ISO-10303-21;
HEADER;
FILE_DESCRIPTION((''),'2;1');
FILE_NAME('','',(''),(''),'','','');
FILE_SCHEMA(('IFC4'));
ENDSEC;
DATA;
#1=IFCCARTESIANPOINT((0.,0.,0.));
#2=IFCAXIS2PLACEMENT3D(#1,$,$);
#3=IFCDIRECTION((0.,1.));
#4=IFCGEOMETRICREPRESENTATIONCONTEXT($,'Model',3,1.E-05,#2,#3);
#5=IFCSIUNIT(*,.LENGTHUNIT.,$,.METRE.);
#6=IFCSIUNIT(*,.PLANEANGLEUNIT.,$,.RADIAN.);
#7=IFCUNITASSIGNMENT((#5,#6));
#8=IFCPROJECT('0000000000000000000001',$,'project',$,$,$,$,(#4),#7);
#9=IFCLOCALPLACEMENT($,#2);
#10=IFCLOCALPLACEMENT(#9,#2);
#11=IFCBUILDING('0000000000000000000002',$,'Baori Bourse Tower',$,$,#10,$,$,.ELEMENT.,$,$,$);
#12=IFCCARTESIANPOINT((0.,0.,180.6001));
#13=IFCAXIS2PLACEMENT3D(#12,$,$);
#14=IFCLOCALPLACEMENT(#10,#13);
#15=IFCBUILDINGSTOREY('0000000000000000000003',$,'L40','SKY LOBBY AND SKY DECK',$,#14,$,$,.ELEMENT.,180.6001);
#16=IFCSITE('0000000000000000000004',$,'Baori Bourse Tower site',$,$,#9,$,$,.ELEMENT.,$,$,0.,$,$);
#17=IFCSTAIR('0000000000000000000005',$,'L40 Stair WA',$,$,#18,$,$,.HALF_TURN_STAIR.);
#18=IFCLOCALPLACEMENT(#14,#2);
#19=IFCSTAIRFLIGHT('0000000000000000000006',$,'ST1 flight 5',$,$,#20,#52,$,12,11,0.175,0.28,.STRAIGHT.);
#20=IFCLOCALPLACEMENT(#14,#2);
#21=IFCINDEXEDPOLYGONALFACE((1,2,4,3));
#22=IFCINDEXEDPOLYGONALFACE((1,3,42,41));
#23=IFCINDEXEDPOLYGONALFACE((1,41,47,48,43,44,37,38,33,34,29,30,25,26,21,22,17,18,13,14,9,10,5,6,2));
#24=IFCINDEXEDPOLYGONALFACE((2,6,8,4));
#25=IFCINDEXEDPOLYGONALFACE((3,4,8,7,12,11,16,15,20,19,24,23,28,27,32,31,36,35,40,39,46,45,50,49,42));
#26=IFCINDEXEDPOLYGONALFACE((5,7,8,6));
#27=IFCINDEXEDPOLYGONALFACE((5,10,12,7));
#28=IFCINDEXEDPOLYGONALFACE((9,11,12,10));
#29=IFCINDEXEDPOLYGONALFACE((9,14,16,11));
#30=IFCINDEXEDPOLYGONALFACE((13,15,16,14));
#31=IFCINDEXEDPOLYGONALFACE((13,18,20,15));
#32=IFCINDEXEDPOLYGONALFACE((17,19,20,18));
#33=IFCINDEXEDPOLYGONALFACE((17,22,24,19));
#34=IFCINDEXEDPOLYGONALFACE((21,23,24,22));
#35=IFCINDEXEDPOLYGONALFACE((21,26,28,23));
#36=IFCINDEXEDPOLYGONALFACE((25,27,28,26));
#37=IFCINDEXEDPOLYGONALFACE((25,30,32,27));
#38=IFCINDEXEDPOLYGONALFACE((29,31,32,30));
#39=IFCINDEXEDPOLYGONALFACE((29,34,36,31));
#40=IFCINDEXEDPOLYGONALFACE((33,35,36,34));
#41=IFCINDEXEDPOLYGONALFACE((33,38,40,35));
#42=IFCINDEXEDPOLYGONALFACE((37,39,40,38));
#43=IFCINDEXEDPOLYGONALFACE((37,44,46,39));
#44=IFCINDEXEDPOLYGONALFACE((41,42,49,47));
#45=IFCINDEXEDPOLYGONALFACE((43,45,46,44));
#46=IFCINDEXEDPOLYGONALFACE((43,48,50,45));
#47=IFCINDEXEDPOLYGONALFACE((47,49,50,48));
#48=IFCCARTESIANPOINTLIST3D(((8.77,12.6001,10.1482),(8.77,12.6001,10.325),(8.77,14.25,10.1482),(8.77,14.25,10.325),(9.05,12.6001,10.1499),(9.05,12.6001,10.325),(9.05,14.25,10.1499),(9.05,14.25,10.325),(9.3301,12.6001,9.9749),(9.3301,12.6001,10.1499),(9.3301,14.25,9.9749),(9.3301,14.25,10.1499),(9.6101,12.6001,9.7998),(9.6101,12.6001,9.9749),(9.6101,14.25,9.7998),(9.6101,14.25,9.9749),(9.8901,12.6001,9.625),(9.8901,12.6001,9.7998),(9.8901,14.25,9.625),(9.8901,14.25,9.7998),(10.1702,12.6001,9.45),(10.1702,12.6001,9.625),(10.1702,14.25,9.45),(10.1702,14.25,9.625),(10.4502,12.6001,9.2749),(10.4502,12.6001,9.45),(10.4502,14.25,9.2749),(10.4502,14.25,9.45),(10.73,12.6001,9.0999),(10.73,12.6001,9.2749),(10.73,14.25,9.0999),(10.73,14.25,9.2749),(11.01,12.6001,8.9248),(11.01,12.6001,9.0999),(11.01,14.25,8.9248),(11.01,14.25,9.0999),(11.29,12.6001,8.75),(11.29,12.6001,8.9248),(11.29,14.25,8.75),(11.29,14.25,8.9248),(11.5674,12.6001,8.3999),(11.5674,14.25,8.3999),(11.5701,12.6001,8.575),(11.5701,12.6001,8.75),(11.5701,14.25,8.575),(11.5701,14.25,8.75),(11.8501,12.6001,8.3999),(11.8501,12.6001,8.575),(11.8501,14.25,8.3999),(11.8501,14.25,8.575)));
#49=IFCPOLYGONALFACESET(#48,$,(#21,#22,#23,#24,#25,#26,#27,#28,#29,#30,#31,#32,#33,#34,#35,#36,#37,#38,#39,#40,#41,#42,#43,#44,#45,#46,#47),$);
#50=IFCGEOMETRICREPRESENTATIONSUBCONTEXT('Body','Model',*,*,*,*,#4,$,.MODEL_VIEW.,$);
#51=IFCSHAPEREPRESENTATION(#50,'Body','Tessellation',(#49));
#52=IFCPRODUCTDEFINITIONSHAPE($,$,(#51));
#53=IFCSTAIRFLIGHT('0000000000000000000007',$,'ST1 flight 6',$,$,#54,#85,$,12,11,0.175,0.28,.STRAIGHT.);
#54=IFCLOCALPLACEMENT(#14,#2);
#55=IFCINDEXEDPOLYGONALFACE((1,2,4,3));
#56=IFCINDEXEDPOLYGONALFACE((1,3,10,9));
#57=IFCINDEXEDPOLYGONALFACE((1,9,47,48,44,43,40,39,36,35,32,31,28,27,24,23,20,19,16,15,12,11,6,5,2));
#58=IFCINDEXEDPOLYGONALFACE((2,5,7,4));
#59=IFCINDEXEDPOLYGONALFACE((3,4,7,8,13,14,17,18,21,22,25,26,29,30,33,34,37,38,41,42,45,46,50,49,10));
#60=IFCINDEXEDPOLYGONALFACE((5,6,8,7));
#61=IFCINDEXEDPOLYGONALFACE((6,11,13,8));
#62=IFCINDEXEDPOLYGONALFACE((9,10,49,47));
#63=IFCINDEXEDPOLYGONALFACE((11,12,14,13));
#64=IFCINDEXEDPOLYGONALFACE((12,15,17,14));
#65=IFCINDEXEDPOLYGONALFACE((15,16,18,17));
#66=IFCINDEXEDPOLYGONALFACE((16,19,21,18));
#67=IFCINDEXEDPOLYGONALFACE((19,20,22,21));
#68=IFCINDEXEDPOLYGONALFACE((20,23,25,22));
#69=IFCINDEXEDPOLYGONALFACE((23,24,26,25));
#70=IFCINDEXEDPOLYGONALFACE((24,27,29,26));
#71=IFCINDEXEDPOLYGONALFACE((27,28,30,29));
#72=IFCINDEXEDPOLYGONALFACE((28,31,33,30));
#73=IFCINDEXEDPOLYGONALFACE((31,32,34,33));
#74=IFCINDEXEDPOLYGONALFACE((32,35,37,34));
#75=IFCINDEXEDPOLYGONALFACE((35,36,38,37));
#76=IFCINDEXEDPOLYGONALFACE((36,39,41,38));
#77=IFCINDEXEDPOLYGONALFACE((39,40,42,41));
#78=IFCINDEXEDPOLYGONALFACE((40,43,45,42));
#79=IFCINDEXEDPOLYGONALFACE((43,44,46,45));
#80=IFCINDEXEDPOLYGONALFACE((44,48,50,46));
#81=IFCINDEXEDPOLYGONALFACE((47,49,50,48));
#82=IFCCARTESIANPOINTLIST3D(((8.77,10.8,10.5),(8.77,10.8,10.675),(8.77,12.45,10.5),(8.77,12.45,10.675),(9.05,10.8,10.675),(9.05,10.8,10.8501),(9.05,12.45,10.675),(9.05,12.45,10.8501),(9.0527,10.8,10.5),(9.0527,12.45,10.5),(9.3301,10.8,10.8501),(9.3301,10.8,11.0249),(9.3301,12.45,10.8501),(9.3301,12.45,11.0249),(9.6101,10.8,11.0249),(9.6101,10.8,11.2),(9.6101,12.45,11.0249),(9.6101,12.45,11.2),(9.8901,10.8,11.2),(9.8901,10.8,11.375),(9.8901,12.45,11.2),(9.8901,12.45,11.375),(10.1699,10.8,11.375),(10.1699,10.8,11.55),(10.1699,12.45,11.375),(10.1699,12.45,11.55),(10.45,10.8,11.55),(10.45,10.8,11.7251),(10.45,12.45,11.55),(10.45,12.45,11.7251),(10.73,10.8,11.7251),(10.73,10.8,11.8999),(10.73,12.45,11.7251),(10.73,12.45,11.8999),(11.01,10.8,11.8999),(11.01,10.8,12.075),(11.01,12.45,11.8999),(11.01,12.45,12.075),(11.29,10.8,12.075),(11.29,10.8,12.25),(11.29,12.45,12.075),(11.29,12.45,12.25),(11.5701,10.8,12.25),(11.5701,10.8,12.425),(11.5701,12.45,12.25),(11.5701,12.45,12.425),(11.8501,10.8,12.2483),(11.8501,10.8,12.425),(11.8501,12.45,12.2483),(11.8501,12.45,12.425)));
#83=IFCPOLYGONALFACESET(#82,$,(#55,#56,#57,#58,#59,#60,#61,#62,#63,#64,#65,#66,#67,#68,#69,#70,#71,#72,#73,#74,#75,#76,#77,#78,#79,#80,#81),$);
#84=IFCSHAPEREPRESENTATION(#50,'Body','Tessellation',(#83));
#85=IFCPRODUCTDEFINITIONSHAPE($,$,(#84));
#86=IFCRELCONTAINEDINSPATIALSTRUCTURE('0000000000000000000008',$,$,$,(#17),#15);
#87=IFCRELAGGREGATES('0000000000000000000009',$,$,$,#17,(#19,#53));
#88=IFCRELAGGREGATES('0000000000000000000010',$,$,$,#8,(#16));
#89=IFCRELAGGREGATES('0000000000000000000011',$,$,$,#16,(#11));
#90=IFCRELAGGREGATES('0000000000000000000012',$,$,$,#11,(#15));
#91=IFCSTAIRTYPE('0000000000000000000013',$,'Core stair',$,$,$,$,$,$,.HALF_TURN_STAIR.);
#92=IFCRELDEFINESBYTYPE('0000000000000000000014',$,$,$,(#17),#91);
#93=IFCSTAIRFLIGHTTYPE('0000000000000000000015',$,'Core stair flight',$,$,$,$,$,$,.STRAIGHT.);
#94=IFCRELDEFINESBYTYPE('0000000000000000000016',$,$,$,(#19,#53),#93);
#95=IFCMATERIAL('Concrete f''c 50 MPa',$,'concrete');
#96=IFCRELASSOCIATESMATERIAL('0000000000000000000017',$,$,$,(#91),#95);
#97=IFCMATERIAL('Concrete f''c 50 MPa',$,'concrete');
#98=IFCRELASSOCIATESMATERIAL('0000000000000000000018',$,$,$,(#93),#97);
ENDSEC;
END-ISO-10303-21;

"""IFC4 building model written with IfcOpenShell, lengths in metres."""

from ifc_helpers import new_model, si_unit, direction, frame, origin, place, context, subcontext, project, spatial, polyline, outline, extrude, material, type_object, element, aggregate, save


model = new_model("IFC4")

# Units and contexts
model_context = context("Model", 3, precision=1e-05, world=origin(), true_north=direction((0.0, 1.0)))
body_context = subcontext(model_context, "Body", "Model", "MODEL_VIEW")
ifc_project = project(units=[si_unit("LENGTHUNIT", "METRE"), si_unit("PLANEANGLEUNIT", "RADIAN")], contexts=[model_context])

# Site, building, storey
site_placement = place(None, origin())
site = spatial("IfcSite", under=ifc_project, at=site_placement, Name="Baori Bourse Tower site", CompositionType="ELEMENT", RefElevation=0.0)
building_placement = place(site_placement, origin())
building = spatial("IfcBuilding", under=site, at=building_placement, Name="Baori Bourse Tower", CompositionType="ELEMENT")
storey_placement = place(building_placement, frame((0.0, 0.0, 180.6001)))
storey = spatial("IfcBuildingStorey", under=building, at=storey_placement, Name="L40", Description="SKY LOBBY AND SKY DECK", CompositionType="ELEMENT", Elevation=180.6001)

# Stair, stair flights
ifc_material_1 = material(Name="Concrete f'c 50 MPa", Category="concrete")
stair_type = type_object("IfcStairType", Name="Core stair", PredefinedType="HALF_TURN_STAIR", material=ifc_material_1)
stair_placement = place(storey_placement, origin())
stair = element("IfcStair", 1, at=stair_placement, inside=storey, type_object=stair_type, Name="L40 Stair WA", PredefinedType="HALF_TURN_STAIR")
ifc_material_2 = material(Name="Concrete f'c 50 MPa", Category="concrete")
stair_flight_type = type_object("IfcStairFlightType", Name="Core stair flight", PredefinedType="STRAIGHT", material=ifc_material_2)
stair_flight_1_placement = place(storey_placement, frame((11.8501, 13.425, 8.3999), z_axis=(0.0, 0.0, 1.0), x_axis=(-1.0, 0.0, 0.0)))
stair_flight_1 = element("IfcStairFlight", 2, at=stair_flight_1_placement, type_object=stair_flight_type, Name="ST1 flight 5", NumberOfRisers=12, NumberOfTreads=11, PredefinedType="STRAIGHT", RiserHeight=0.175, TreadLength=0.28, context=body_context, shape_type="SweptSolid", body=[
    extrude(outline(polyline([(0.0, 0.0), (0.0, 0.175), (0.28, 0.175), (0.28, 0.3501), (0.5601, 0.3501), (0.5601, 0.5249), (0.8401, 0.5249), (0.8401, 0.7), (1.1201, 0.7), (1.1201, 0.875), (1.3999, 0.875), (1.3999, 1.05), (1.6799, 1.05), (1.6799, 1.2251), (1.96, 1.2251), (1.96, 1.3999), (2.24, 1.3999), (2.24, 1.575), (2.52, 1.575), (2.52, 1.75), (2.8, 1.75), (2.8, 1.925), (3.0801, 1.925), (3.0801, 2.1001), (3.0801, 1.7483), (0.2827, 0.0), (0.0, 0.0)])), frame((0.0, 0.825, 0.0), z_axis=(0.0, -1.0, 0.0), x_axis=(1.0, 0.0, 0.0)), (0.0, 0.0, 1.0), 1.6499),
])
stair_flight_2_placement = place(storey_placement, frame((8.77, 11.625, 10.5), z_axis=(0.0, 0.0, 1.0), x_axis=(1.0, 0.0, 0.0)))
stair_flight_2 = element("IfcStairFlight", 3, at=stair_flight_2_placement, type_object=stair_flight_type, Name="ST1 flight 6", NumberOfRisers=12, NumberOfTreads=11, PredefinedType="STRAIGHT", RiserHeight=0.175, TreadLength=0.28, context=body_context, shape_type="SweptSolid", body=[
    extrude(outline(polyline([(0.0, 0.0), (0.0, 0.175), (0.28, 0.175), (0.28, 0.3501), (0.5601, 0.3501), (0.5601, 0.5249), (0.8401, 0.5249), (0.8401, 0.7), (1.1201, 0.7), (1.1201, 0.875), (1.3999, 0.875), (1.3999, 1.05), (1.6799, 1.05), (1.6799, 1.2251), (1.96, 1.2251), (1.96, 1.3999), (2.24, 1.3999), (2.24, 1.575), (2.52, 1.575), (2.52, 1.75), (2.8, 1.75), (2.8, 1.925), (3.0801, 1.925), (3.0801, 2.1001), (3.0801, 1.7483), (0.2827, 0.0), (0.0, 0.0)])), frame((0.0, 0.825, 0.0), z_axis=(0.0, -1.0, 0.0), x_axis=(1.0, 0.0, 0.0)), (0.0, 0.0, 1.0), 1.6499),
])
aggregate(stair, [stair_flight_1, stair_flight_2])

save(model, "model.ifc")
